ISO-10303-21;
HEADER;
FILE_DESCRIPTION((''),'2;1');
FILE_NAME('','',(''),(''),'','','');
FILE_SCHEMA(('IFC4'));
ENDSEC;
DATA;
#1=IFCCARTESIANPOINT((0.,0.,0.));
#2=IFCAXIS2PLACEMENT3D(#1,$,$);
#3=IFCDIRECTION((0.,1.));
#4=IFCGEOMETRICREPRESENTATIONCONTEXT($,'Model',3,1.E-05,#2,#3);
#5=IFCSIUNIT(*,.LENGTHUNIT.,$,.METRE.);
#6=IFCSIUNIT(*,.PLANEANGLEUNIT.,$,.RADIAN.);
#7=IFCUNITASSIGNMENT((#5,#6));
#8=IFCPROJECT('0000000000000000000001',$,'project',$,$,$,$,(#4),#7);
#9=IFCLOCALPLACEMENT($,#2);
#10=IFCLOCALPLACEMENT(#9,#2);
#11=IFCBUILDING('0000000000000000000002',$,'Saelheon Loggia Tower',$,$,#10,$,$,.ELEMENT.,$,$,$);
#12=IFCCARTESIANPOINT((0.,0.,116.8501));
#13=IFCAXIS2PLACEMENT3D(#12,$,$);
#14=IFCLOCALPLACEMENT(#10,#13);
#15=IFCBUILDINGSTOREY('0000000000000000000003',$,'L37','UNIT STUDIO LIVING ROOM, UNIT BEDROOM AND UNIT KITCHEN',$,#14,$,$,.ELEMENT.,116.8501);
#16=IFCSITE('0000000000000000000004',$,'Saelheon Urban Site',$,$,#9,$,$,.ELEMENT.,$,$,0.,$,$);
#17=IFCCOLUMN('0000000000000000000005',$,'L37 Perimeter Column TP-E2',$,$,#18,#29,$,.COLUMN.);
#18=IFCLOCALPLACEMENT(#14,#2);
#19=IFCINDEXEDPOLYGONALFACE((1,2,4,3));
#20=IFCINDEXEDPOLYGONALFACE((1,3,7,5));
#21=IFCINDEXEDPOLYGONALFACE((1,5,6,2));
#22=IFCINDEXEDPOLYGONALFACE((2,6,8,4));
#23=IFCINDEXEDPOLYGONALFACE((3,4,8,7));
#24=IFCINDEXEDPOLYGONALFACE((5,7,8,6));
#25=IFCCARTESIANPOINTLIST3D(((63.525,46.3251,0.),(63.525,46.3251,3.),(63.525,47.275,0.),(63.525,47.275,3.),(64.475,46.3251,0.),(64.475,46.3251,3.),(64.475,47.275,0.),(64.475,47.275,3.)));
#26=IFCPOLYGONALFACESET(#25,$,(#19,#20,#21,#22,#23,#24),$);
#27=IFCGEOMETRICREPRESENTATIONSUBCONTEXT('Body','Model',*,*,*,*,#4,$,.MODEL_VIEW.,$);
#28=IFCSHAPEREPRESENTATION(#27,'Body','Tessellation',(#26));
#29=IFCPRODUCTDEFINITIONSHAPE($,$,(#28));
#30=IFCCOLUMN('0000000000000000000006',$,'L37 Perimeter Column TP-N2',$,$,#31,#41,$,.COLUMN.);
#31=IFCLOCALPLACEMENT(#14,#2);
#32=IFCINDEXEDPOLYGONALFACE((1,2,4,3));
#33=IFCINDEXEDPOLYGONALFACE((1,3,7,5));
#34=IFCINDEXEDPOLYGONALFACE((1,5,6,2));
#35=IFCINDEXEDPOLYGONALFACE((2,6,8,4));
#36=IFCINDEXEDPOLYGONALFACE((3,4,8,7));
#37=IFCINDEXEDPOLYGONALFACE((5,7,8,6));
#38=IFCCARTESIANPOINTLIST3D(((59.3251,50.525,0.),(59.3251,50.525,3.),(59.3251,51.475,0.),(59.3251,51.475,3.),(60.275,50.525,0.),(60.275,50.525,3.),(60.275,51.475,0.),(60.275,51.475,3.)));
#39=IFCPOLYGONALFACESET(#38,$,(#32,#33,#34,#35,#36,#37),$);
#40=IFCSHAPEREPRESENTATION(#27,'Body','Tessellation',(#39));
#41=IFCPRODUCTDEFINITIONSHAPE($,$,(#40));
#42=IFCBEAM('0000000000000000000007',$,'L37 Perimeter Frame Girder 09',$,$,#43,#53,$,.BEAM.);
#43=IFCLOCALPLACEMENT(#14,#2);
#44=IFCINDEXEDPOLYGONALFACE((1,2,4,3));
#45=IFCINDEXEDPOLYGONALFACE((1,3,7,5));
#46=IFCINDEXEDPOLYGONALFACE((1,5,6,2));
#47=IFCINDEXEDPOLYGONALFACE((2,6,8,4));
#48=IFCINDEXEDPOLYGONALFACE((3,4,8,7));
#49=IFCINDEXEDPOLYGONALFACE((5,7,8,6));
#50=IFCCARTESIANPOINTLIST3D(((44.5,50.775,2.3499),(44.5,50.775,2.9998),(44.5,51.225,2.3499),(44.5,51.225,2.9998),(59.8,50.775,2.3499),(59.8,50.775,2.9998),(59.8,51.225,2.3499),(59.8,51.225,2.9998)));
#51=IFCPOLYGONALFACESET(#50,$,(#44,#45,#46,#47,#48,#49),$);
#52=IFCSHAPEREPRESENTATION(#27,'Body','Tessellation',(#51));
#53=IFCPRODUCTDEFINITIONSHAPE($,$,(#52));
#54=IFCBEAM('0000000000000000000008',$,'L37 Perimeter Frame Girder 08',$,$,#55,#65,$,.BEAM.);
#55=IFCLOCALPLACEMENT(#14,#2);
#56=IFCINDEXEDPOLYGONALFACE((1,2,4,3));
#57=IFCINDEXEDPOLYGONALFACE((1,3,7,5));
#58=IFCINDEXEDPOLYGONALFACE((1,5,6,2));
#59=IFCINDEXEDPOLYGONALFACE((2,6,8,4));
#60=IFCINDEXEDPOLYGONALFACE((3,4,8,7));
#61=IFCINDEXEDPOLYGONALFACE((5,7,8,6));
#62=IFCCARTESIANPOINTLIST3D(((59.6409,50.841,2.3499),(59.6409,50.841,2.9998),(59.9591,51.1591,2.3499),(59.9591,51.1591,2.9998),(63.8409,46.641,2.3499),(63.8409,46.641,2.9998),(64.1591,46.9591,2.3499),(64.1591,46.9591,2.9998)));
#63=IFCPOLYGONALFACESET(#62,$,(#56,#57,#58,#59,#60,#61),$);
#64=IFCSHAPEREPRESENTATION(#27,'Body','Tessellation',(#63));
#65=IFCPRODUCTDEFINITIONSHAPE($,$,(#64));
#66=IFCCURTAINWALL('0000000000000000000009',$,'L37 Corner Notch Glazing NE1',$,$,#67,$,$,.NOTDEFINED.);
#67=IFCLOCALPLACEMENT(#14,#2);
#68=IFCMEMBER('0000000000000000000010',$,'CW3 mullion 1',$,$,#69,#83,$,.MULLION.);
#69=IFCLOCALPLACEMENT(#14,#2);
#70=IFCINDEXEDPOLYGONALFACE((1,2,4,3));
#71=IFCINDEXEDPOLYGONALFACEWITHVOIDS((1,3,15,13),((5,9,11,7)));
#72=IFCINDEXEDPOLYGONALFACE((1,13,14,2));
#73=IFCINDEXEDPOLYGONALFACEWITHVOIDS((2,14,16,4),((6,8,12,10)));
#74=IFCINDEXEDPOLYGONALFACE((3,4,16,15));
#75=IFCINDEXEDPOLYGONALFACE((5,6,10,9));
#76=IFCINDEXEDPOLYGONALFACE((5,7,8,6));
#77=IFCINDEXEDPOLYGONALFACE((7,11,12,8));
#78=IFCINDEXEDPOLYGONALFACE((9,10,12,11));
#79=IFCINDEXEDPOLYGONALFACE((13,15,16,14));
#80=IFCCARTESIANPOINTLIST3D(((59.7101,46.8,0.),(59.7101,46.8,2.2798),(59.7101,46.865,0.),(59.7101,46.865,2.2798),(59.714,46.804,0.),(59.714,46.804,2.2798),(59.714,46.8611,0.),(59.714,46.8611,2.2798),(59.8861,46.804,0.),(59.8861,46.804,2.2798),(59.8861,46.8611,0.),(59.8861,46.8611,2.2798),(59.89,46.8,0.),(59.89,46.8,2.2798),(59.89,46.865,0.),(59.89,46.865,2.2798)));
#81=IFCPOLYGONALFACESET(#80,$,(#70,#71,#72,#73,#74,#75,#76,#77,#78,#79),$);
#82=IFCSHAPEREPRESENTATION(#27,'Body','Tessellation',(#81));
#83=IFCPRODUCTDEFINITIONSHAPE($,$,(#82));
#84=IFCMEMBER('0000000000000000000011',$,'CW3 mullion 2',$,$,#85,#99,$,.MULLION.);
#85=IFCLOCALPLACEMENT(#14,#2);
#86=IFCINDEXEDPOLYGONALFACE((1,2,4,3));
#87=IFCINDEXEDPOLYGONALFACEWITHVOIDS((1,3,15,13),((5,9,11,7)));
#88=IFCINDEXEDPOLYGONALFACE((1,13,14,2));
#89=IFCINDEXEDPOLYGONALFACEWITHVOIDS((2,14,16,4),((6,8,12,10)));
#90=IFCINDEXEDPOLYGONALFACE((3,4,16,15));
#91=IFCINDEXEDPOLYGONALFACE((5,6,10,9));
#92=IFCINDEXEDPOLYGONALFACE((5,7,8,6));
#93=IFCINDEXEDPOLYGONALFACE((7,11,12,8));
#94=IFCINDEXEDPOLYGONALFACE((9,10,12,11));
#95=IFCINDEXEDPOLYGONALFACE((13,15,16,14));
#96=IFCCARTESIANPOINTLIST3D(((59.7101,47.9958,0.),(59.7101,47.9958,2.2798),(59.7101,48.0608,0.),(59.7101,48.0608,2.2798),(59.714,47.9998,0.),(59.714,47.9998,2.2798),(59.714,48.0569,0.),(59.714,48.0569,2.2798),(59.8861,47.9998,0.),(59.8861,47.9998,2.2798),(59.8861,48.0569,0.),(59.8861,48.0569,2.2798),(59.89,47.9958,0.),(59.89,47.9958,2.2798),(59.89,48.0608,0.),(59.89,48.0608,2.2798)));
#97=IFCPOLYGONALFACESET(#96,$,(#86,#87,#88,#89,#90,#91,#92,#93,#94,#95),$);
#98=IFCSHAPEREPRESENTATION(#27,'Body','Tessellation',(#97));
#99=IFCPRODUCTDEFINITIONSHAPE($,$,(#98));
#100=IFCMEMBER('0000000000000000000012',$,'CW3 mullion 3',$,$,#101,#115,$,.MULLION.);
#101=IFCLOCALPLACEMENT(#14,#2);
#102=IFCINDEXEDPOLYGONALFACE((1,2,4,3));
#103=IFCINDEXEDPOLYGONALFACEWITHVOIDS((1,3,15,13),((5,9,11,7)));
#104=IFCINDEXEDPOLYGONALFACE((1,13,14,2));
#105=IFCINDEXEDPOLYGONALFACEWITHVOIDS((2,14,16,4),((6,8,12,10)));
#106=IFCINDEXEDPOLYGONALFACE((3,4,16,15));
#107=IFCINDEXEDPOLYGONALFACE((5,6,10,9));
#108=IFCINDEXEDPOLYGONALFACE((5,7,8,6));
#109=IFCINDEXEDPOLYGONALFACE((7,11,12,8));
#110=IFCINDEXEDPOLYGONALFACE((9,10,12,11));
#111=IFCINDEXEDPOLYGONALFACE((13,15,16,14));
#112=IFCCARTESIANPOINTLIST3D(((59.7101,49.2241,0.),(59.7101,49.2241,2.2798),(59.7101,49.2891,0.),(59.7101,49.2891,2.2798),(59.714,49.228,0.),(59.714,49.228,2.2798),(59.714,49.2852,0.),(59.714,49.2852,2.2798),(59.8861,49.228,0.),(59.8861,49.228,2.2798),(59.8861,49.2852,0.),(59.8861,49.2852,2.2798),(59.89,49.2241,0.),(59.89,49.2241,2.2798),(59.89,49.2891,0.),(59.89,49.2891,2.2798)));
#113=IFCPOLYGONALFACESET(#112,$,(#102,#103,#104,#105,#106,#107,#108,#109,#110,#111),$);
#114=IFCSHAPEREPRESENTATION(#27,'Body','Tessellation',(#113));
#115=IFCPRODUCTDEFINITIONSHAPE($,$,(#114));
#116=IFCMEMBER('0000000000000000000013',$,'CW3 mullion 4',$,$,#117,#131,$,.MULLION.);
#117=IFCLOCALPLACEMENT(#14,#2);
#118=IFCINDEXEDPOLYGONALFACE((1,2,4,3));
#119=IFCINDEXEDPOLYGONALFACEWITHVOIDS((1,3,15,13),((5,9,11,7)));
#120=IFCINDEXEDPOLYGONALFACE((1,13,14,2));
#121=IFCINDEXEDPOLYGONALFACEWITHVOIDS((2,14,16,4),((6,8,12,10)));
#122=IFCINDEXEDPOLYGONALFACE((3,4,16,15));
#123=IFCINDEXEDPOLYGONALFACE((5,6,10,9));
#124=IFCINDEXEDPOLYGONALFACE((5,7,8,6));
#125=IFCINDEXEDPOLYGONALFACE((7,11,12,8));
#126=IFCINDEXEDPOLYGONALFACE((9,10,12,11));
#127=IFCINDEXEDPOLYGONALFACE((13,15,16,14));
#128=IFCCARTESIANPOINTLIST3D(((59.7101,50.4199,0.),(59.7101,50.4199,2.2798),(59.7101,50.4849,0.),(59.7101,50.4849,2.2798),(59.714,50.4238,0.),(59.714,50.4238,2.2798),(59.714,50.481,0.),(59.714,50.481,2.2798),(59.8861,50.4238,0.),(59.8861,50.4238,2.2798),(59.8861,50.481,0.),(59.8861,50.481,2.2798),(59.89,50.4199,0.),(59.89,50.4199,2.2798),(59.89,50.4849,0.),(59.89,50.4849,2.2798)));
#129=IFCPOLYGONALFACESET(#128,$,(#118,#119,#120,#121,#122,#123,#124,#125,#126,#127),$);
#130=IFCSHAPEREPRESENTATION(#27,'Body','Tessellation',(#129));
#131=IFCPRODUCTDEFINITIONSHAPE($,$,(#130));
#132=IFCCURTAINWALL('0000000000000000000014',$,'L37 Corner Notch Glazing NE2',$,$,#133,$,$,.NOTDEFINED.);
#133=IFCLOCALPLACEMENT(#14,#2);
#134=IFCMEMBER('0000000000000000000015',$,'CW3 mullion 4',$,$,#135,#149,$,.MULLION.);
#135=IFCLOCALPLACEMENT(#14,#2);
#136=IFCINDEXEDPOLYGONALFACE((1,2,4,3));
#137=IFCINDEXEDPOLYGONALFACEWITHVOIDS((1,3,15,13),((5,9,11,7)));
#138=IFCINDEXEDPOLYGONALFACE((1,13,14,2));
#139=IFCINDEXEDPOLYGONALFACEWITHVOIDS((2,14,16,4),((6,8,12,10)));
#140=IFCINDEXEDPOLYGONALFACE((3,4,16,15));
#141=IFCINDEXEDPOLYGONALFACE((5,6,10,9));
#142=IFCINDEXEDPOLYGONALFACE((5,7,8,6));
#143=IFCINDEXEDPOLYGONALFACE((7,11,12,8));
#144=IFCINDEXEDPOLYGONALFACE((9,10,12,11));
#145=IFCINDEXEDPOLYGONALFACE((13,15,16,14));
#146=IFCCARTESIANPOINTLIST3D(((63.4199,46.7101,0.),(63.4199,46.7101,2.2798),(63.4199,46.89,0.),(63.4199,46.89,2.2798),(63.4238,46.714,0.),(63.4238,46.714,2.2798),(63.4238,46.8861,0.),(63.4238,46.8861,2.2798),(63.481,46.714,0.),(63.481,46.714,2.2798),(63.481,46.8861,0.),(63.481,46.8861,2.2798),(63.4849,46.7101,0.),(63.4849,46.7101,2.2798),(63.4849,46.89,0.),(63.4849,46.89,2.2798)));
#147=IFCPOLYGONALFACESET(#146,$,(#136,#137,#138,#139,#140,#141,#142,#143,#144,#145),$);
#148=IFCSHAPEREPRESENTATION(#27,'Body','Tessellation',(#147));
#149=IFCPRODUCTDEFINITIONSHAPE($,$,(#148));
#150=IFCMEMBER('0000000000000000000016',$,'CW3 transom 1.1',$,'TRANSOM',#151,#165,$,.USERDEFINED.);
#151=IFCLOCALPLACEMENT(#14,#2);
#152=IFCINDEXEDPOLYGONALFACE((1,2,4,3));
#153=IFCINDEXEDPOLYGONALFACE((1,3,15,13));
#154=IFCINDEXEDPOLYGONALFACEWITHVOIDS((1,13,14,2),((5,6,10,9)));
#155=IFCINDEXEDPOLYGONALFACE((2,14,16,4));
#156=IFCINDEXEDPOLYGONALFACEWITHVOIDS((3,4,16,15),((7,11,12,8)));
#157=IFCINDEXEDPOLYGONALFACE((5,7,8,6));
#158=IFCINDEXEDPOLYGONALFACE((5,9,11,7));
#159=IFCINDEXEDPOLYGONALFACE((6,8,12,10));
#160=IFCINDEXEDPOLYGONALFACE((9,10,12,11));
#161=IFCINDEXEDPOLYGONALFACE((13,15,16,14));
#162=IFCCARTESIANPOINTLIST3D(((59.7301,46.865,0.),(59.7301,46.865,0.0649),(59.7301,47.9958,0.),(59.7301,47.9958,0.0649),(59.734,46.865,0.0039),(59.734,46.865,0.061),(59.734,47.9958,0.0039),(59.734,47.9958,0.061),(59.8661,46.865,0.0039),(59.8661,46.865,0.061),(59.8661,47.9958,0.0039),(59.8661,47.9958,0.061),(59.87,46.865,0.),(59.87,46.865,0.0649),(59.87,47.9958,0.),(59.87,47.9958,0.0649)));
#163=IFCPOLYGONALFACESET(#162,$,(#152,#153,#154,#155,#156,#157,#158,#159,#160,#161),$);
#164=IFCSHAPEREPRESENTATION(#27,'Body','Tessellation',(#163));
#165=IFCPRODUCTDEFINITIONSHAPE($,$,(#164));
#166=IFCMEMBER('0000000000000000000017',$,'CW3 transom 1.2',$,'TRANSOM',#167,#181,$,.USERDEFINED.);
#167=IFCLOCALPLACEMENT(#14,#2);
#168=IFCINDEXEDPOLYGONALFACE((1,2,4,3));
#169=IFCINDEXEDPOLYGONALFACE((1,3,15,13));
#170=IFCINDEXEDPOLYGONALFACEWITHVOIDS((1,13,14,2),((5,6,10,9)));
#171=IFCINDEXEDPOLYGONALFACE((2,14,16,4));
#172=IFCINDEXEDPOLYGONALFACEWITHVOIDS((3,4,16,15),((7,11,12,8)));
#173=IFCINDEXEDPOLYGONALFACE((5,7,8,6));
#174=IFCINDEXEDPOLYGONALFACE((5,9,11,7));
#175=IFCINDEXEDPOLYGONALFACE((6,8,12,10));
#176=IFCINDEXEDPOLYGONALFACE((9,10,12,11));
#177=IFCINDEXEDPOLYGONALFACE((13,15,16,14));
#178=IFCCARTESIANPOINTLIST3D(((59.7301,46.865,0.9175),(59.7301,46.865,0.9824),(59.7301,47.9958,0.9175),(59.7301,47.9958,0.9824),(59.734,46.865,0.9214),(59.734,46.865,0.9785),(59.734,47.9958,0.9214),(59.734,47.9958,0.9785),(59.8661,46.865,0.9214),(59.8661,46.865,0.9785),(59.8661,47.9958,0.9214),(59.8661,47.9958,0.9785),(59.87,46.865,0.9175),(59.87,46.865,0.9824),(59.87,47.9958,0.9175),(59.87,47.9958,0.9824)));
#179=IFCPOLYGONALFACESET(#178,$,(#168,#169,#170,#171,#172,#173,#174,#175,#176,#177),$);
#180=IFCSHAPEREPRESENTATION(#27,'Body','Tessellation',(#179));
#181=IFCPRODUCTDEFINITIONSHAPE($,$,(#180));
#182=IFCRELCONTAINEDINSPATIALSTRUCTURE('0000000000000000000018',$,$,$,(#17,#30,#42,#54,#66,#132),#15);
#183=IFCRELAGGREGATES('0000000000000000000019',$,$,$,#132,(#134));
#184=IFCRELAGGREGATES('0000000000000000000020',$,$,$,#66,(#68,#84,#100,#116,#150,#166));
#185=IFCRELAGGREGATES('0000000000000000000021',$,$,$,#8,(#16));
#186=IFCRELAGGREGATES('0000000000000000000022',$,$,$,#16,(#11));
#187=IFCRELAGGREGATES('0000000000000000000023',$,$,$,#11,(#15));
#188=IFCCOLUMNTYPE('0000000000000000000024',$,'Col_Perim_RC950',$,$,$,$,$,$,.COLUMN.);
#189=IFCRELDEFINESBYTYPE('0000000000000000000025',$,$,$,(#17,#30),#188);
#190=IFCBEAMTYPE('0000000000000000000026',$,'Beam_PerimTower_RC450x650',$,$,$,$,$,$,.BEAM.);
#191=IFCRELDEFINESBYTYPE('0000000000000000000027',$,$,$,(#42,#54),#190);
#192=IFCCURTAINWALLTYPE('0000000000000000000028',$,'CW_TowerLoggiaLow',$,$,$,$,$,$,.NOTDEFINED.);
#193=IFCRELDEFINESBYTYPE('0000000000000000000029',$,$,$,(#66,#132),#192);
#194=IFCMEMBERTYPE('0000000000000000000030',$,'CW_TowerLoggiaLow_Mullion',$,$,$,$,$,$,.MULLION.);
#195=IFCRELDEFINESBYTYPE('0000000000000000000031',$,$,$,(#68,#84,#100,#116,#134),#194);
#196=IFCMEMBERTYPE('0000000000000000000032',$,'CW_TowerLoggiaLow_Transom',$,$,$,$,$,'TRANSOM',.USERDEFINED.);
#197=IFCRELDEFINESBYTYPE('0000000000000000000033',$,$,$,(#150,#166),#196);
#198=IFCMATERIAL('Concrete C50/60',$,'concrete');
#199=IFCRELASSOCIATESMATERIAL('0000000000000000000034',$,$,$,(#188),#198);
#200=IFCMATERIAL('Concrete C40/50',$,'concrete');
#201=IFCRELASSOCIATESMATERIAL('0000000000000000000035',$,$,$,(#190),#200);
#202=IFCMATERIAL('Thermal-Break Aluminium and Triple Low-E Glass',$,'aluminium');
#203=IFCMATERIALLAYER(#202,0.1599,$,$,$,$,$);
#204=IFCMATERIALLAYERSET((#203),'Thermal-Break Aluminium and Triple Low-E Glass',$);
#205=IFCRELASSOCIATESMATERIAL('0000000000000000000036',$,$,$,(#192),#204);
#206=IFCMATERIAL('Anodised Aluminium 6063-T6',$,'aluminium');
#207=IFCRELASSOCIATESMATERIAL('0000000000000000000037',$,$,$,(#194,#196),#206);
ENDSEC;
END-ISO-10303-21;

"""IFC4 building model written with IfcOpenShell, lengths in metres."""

from ifc_helpers import new_model, si_unit, direction, frame, origin, origin_2d, place, context, subcontext, project, spatial, rectangle, hollow_rectangle, extrude, source, transform, mapped, material, layer, layer_set, material_profile, profile_set, type_object, element, aggregate, save


model = new_model("IFC4")

# Units and contexts
model_context = context("Model", 3, precision=1e-05, world=origin(), true_north=direction((0.0, 1.0)))
body_context = subcontext(model_context, "Body", "Model", "MODEL_VIEW")
ifc_project = project(units=[si_unit("LENGTHUNIT", "METRE"), si_unit("PLANEANGLEUNIT", "RADIAN")], contexts=[model_context])

# Site, building, storey
site_placement = place(None, origin())
site = spatial("IfcSite", under=ifc_project, at=site_placement, Name="Saelheon Urban Site", CompositionType="ELEMENT", RefElevation=0.0)
building_placement = place(site_placement, origin())
building = spatial("IfcBuilding", under=site, at=building_placement, Name="Saelheon Loggia Tower", CompositionType="ELEMENT")
storey_placement = place(building_placement, frame((0.0, 0.0, 116.8501)))
storey = spatial("IfcBuildingStorey", under=building, at=storey_placement, Name="L37", Description="UNIT STUDIO LIVING ROOM, UNIT BEDROOM AND UNIT KITCHEN", CompositionType="ELEMENT", Elevation=116.8501)

# Columns
ifc_material_1 = material(Name="Concrete C50/60", Category="concrete")
ifc_material_profile_1 = material_profile(ifc_material_1, rectangle(XDim=0.95, YDim=0.95, at=origin_2d()), Name="RC-950x950")
ifc_profile_set_1 = profile_set([ifc_material_profile_1], Name="Concrete C50/60")
column_type = type_object("IfcColumnType", Name="Col_Perim_RC950", PredefinedType="COLUMN", material=ifc_profile_set_1)
shared_shape_1 = source(origin(), body_context, "Body", "SweptSolid", [
    extrude(rectangle(XDim=0.95, YDim=0.95, at=origin_2d()), origin(), (0.0, 0.0, 1.0), 3.0),
])
for number, where, z_axis, x_axis, name in (
    (1, (64.0, 46.8, 0.0), (0.0, 0.0, 1.0), (1.0, 0.0, 0.0), "L37 Perimeter Column TP-E2"),
    (2, (59.8, 51.0, 0.0), (0.0, 0.0, 1.0), (1.0, 0.0, 0.0), "L37 Perimeter Column TP-N2"),
):
    element("IfcColumn", number, at=place(storey_placement, frame(where, z_axis=z_axis, x_axis=x_axis)), inside=storey, type_object=column_type, Name=name, PredefinedType="COLUMN", context=body_context, shape_type="MappedRepresentation", body=[
        mapped(shared_shape_1, transform((0.0, 0.0, 0.0), scale=1.0)),
    ])

# Beams
ifc_material_2 = material(Name="Concrete C40/50", Category="concrete")
ifc_material_profile_2 = material_profile(ifc_material_2, rectangle(XDim=0.45, YDim=0.6499, at=origin_2d()), Name="RC-450x650")
ifc_profile_set_2 = profile_set([ifc_material_profile_2], Name="Concrete C40/50")
beam_type = type_object("IfcBeamType", Name="Beam_PerimTower_RC450x650", PredefinedType="BEAM", material=ifc_profile_set_2)
shared_shape_2 = source(origin(), body_context, "Body", "SweptSolid", [
    extrude(rectangle(XDim=0.45, YDim=0.6499, at=origin_2d()), origin(), (0.0, 0.0, 1.0), 15.3),
])
beam_1_placement = place(storey_placement, frame((59.8, 51.0, 2.6748), z_axis=(-1.0, 0.0, 0.0), x_axis=(0.0, -1.0, 0.0)))
element("IfcBeam", 3, at=beam_1_placement, inside=storey, type_object=beam_type, Name="L37 Perimeter Frame Girder 09", PredefinedType="BEAM", context=body_context, shape_type="MappedRepresentation", body=[
    mapped(shared_shape_2, transform((0.0, 0.0, 0.0), scale=1.0)),
])
shared_shape_3 = source(origin(), body_context, "Body", "SweptSolid", [
    extrude(rectangle(XDim=0.45, YDim=0.6499, at=origin_2d()), origin(), (0.0, 0.0, 1.0), 5.9397),
])
beam_2_placement = place(storey_placement, frame((64.0, 46.8, 2.6748), z_axis=(-0.707107, 0.707107, 0.0), x_axis=(-0.707107, -0.707107, 0.0)))
element("IfcBeam", 4, at=beam_2_placement, inside=storey, type_object=beam_type, Name="L37 Perimeter Frame Girder 08", PredefinedType="BEAM", context=body_context, shape_type="MappedRepresentation", body=[
    mapped(shared_shape_3, transform((0.0, 0.0, 0.0), scale=1.0)),
])

# Curtain wall, members
ifc_material_3 = material(Name="Thermal-Break Aluminium and Triple Low-E Glass", Category="aluminium")
ifc_layer_1 = layer(ifc_material_3, 0.1599)
ifc_layer_set_1 = layer_set([ifc_layer_1], Name="Thermal-Break Aluminium and Triple Low-E Glass")
curtain_wall_type = type_object("IfcCurtainWallType", Name="CW_TowerLoggiaLow", PredefinedType="NOTDEFINED", material=ifc_layer_set_1)
curtain_wall_1_placement = place(storey_placement, origin())
curtain_wall_1 = element("IfcCurtainWall", 5, at=curtain_wall_1_placement, inside=storey, type_object=curtain_wall_type, Name="L37 Corner Notch Glazing NE1", PredefinedType="NOTDEFINED")
ifc_material_4 = material(Name="Anodised Aluminium 6063-T6", Category="aluminium")
ifc_material_profile_3 = material_profile(ifc_material_4, hollow_rectangle(XDim=0.0649, YDim=0.1799, WallThickness=0.0039, at=origin_2d()), Name="RHS-180x65x4")
ifc_profile_set_3 = profile_set([ifc_material_profile_3], Name="Anodised Aluminium 6063-T6")
member_type_1 = type_object("IfcMemberType", Name="CW_TowerLoggiaLow_Mullion", PredefinedType="MULLION", material=ifc_profile_set_3)
shared_shape_4 = source(origin(), body_context, "Body", "SweptSolid", [
    extrude(hollow_rectangle(XDim=0.0649, YDim=0.1799, WallThickness=0.0039, at=origin_2d()), origin(), (0.0, 0.0, 1.0), 2.2798),
])
member_1_placement = place(storey_placement, frame((59.8, 46.8325, 0.0), z_axis=(0.0, 0.0, 1.0), x_axis=(0.0, 1.0, 0.0)))
member_1 = element("IfcMember", 6, at=member_1_placement, type_object=member_type_1, Name="CW3 mullion 1", PredefinedType="MULLION", context=body_context, shape_type="MappedRepresentation", body=[
    mapped(shared_shape_4, transform((0.0, 0.0, 0.0), scale=1.0)),
])
member_2_placement = place(storey_placement, frame((59.8, 48.0283, 0.0), z_axis=(0.0, 0.0, 1.0), x_axis=(0.0, 1.0, 0.0)))
member_2 = element("IfcMember", 7, at=member_2_placement, type_object=member_type_1, Name="CW3 mullion 2", PredefinedType="MULLION", context=body_context, shape_type="MappedRepresentation", body=[
    mapped(shared_shape_4, transform((0.0, 0.0, 0.0), scale=1.0)),
])
member_3_placement = place(storey_placement, frame((59.8, 49.2566, 0.0), z_axis=(0.0, 0.0, 1.0), x_axis=(0.0, 1.0, 0.0)))
member_3 = element("IfcMember", 8, at=member_3_placement, type_object=member_type_1, Name="CW3 mullion 3", PredefinedType="MULLION", context=body_context, shape_type="MappedRepresentation", body=[
    mapped(shared_shape_4, transform((0.0, 0.0, 0.0), scale=1.0)),
])
member_4_placement = place(storey_placement, frame((59.8, 50.4524, 0.0), z_axis=(0.0, 0.0, 1.0), x_axis=(0.0, 1.0, 0.0)))
member_4 = element("IfcMember", 9, at=member_4_placement, type_object=member_type_1, Name="CW3 mullion 4", PredefinedType="MULLION", context=body_context, shape_type="MappedRepresentation", body=[
    mapped(shared_shape_4, transform((0.0, 0.0, 0.0), scale=1.0)),
])

# Curtain wall, member
curtain_wall_2_placement = place(storey_placement, origin())
curtain_wall_2 = element("IfcCurtainWall", 10, at=curtain_wall_2_placement, inside=storey, type_object=curtain_wall_type, Name="L37 Corner Notch Glazing NE2", PredefinedType="NOTDEFINED")
member_5_placement = place(storey_placement, frame((63.4524, 46.8, 0.0), z_axis=(0.0, 0.0, 1.0), x_axis=(1.0, 0.0, 0.0)))
member_5 = element("IfcMember", 11, at=member_5_placement, type_object=member_type_1, Name="CW3 mullion 4", PredefinedType="MULLION", context=body_context, shape_type="MappedRepresentation", body=[
    mapped(shared_shape_4, transform((0.0, 0.0, 0.0), scale=1.0)),
])

# Members
ifc_material_profile_4 = material_profile(ifc_material_4, hollow_rectangle(XDim=0.0649, YDim=0.1399, WallThickness=0.0039, at=origin_2d()), Name="RHS-140x65x4")
ifc_profile_set_4 = profile_set([ifc_material_profile_4], Name="Anodised Aluminium 6063-T6")
member_type_2 = type_object("IfcMemberType", Name="CW_TowerLoggiaLow_Transom", ElementType="TRANSOM", PredefinedType="USERDEFINED", material=ifc_profile_set_4)
shared_shape_5 = source(origin(), body_context, "Body", "SweptSolid", [
    extrude(hollow_rectangle(XDim=0.0649, YDim=0.1399, WallThickness=0.0039, at=origin_2d()), origin(), (0.0, 0.0, 1.0), 1.1309),
])
member_6_placement = place(storey_placement, frame((59.8, 46.865, 0.0325), z_axis=(0.0, 1.0, 0.0), x_axis=(0.0, 0.0, 1.0)))
member_6 = element("IfcMember", 12, at=member_6_placement, type_object=member_type_2, Name="CW3 transom 1.1", ObjectType="TRANSOM", PredefinedType="USERDEFINED", context=body_context, shape_type="MappedRepresentation", body=[
    mapped(shared_shape_5, transform((0.0, 0.0, 0.0), scale=1.0)),
])
member_7_placement = place(storey_placement, frame((59.8, 46.865, 0.95), z_axis=(0.0, 1.0, 0.0), x_axis=(0.0, 0.0, 1.0)))
member_7 = element("IfcMember", 13, at=member_7_placement, type_object=member_type_2, Name="CW3 transom 1.2", ObjectType="TRANSOM", PredefinedType="USERDEFINED", context=body_context, shape_type="MappedRepresentation", body=[
    mapped(shared_shape_5, transform((0.0, 0.0, 0.0), scale=1.0)),
])

aggregate(curtain_wall_2, [member_5])
aggregate(curtain_wall_1, [member_1, member_2, member_3, member_4, member_6, member_7])

save(model, "model.ifc")
